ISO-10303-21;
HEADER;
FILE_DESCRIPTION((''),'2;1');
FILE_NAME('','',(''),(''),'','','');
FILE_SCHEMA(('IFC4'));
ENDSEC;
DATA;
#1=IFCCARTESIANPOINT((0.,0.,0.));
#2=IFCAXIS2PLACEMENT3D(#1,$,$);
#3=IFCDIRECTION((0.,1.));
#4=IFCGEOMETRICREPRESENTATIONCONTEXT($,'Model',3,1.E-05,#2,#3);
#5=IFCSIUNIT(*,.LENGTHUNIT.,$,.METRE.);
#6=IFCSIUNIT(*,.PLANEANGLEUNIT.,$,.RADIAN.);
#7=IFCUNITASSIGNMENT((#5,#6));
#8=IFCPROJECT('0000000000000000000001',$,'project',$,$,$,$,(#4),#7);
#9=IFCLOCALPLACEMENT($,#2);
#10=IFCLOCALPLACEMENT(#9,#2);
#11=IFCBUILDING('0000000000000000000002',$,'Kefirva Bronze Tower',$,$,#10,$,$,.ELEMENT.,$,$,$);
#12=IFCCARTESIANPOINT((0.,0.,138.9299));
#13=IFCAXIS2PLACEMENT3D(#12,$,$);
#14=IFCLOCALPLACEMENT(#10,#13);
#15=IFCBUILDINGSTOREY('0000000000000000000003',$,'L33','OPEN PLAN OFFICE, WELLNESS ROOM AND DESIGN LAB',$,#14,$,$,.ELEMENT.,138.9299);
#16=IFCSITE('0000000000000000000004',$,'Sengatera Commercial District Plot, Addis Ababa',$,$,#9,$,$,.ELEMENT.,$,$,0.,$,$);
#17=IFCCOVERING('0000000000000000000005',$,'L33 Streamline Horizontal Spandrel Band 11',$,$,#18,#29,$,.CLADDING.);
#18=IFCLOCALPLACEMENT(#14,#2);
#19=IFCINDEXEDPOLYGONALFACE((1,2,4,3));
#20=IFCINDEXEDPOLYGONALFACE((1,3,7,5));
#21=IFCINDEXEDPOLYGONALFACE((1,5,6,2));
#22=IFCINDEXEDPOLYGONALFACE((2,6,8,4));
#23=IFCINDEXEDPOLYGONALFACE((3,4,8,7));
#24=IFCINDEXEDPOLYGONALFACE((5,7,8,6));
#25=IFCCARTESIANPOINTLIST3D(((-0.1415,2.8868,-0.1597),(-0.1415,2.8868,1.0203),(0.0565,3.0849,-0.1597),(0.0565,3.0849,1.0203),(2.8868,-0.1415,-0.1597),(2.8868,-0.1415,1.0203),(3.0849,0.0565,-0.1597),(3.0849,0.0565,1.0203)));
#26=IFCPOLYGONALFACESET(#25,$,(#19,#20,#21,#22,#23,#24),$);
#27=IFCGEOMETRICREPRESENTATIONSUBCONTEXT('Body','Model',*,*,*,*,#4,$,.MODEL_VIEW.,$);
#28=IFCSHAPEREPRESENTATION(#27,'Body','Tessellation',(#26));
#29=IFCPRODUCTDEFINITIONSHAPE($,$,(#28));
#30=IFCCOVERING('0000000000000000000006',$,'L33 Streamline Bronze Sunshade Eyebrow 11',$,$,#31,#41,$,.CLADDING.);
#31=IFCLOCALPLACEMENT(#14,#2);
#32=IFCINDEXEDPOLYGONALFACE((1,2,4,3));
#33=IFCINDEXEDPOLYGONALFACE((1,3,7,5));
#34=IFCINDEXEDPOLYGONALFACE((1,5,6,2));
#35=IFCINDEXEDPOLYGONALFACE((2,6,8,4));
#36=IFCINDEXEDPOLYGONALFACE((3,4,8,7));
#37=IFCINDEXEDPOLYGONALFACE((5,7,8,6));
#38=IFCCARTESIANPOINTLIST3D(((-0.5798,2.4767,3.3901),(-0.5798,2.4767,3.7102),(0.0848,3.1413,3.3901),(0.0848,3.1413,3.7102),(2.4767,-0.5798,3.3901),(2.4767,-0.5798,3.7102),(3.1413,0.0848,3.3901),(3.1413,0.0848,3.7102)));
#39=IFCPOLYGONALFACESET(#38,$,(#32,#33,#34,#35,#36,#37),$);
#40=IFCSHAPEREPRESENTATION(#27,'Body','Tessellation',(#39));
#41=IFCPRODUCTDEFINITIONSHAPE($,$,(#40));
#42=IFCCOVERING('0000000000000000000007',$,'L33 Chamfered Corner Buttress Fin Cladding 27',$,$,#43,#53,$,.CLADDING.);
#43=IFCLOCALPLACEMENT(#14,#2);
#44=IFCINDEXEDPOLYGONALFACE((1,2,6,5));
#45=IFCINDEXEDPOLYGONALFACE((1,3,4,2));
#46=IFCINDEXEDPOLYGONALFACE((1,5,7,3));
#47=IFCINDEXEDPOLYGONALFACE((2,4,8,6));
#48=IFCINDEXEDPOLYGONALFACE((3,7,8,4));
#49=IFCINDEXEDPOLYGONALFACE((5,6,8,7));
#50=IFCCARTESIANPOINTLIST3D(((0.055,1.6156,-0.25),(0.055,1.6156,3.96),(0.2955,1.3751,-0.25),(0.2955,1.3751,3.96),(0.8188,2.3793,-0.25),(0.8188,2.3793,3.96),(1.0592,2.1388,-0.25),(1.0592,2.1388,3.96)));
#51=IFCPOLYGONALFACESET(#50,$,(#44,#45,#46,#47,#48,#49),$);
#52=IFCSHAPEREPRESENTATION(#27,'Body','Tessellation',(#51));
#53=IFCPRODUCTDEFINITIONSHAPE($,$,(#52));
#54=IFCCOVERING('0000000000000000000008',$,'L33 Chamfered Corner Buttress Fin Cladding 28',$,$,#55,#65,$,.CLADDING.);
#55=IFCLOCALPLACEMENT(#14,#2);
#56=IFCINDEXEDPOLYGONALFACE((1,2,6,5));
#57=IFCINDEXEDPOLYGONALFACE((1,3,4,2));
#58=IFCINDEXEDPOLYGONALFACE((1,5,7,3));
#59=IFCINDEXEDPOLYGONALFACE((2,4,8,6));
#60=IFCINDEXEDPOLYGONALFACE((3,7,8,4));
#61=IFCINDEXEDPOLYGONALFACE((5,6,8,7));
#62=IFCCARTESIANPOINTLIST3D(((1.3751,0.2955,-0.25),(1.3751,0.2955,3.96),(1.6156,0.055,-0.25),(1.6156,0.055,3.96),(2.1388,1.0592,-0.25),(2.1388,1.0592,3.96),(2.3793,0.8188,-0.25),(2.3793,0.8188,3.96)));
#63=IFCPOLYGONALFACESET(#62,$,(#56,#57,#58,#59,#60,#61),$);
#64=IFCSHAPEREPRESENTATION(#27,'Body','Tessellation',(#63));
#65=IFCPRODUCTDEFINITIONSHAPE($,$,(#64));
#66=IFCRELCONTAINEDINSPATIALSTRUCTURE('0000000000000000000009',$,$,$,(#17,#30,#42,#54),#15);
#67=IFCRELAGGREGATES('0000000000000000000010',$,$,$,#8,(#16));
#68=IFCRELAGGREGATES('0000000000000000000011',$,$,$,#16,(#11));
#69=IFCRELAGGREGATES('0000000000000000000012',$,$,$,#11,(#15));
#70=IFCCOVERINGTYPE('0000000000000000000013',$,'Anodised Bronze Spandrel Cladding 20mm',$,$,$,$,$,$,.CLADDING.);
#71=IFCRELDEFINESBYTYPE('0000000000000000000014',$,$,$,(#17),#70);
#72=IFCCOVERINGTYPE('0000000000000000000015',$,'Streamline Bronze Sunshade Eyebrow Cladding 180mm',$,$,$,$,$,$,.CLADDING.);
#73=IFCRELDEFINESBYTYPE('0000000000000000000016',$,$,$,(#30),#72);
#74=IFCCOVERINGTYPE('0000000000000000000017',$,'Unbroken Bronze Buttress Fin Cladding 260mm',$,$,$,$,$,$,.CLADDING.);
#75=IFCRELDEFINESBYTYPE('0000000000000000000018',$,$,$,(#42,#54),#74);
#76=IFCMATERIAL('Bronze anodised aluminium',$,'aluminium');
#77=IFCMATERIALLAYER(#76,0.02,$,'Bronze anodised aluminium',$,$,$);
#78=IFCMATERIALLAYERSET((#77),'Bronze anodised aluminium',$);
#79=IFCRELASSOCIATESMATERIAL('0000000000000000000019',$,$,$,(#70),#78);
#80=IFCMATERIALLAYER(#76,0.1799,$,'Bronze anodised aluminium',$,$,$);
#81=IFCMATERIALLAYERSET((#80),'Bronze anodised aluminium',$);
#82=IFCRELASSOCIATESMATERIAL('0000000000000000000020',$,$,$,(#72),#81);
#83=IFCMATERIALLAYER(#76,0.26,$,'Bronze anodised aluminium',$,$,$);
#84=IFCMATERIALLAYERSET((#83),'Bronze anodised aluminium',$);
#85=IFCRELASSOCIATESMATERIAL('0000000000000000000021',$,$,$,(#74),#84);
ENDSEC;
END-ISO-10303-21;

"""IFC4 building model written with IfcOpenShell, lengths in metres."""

from ifc_helpers import new_model, si_unit, direction, frame, origin, origin_2d, place, context, subcontext, project, spatial, rectangle, extrude, material, layer, layer_set, type_object, element, save


model = new_model("IFC4")

# Units and contexts
model_context = context("Model", 3, precision=1e-05, world=origin(), true_north=direction((0.0, 1.0)))
body_context = subcontext(model_context, "Body", "Model", "MODEL_VIEW")
ifc_project = project(units=[si_unit("LENGTHUNIT", "METRE"), si_unit("PLANEANGLEUNIT", "RADIAN")], contexts=[model_context])

# Site, building, storey
site_placement = place(None, origin())
site = spatial("IfcSite", under=ifc_project, at=site_placement, Name="Sengatera Commercial District Plot, Addis Ababa", CompositionType="ELEMENT", RefElevation=0.0)
building_placement = place(site_placement, origin())
building = spatial("IfcBuilding", under=site, at=building_placement, Name="Kefirva Bronze Tower", CompositionType="ELEMENT")
storey_placement = place(building_placement, frame((0.0, 0.0, 138.9299)))
storey = spatial("IfcBuildingStorey", under=building, at=storey_placement, Name="L33", Description="OPEN PLAN OFFICE, WELLNESS ROOM AND DESIGN LAB", CompositionType="ELEMENT", Elevation=138.9299)

# Shared definitions
ifc_material_1 = material(Name="Bronze anodised aluminium", Category="aluminium")

# Coverings
ifc_layer_1 = layer(ifc_material_1, 0.02, Name="Bronze anodised aluminium")
ifc_layer_set_1 = layer_set([ifc_layer_1], Name="Bronze anodised aluminium")
covering_type_1 = type_object("IfcCoveringType", Name="Anodised Bronze Spandrel Cladding 20mm", PredefinedType="CLADDING", material=ifc_layer_set_1)
covering_1_placement = place(storey_placement, frame((1.4717, 1.4717, -0.1597), z_axis=(0.0, 0.0, 1.0), x_axis=(0.707107, -0.707107, 0.0)))
element("IfcCovering", 1, at=covering_1_placement, inside=storey, type_object=covering_type_1, Name="L33 Streamline Horizontal Spandrel Band 11", PredefinedType="CLADDING", context=body_context, shape_type="SweptSolid", body=[
    extrude(rectangle(XDim=4.2827, YDim=0.28, at=origin_2d()), origin(), (0.0, 0.0, 1.0), 1.1799),
])
ifc_layer_2 = layer(ifc_material_1, 0.1799, Name="Bronze anodised aluminium")
ifc_layer_set_2 = layer_set([ifc_layer_2], Name="Bronze anodised aluminium")
covering_type_2 = type_object("IfcCoveringType", Name="Streamline Bronze Sunshade Eyebrow Cladding 180mm", PredefinedType="CLADDING", material=ifc_layer_set_2)
covering_2_placement = place(storey_placement, frame((1.2808, 1.2808, 3.3901), z_axis=(0.0, 0.0, 1.0), x_axis=(0.707107, -0.707107, 0.0)))
element("IfcCovering", 2, at=covering_2_placement, inside=storey, type_object=covering_type_2, Name="L33 Streamline Bronze Sunshade Eyebrow 11", PredefinedType="CLADDING", context=body_context, shape_type="SweptSolid", body=[
    extrude(rectangle(XDim=4.3225, YDim=0.9399, at=origin_2d()), origin(), (0.0, 0.0, 1.0), 0.3201),
])
ifc_layer_3 = layer(ifc_material_1, 0.26, Name="Bronze anodised aluminium")
ifc_layer_set_3 = layer_set([ifc_layer_3], Name="Bronze anodised aluminium")
covering_type_3 = type_object("IfcCoveringType", Name="Unbroken Bronze Buttress Fin Cladding 260mm", PredefinedType="CLADDING", material=ifc_layer_set_3)
for number, where, z_axis, x_axis, name in (
    (3, (0.5571, 1.8772, -0.25), (0.0, 0.0, 1.0), (0.707107, -0.707107, 0.0), "L33 Chamfered Corner Buttress Fin Cladding 27"),
    (4, (1.8772, 0.5571, -0.25), (0.0, 0.0, 1.0), (0.707107, -0.707107, 0.0), "L33 Chamfered Corner Buttress Fin Cladding 28"),
):
    element("IfcCovering", number, at=place(storey_placement, frame(where, z_axis=z_axis, x_axis=x_axis)), inside=storey, type_object=covering_type_3, Name=name, PredefinedType="CLADDING", context=body_context, shape_type="SweptSolid", body=[
        extrude(rectangle(XDim=0.3401, YDim=1.0801, at=origin_2d()), origin(), (0.0, 0.0, 1.0), 4.21),
    ])

save(model, "model.ifc")
